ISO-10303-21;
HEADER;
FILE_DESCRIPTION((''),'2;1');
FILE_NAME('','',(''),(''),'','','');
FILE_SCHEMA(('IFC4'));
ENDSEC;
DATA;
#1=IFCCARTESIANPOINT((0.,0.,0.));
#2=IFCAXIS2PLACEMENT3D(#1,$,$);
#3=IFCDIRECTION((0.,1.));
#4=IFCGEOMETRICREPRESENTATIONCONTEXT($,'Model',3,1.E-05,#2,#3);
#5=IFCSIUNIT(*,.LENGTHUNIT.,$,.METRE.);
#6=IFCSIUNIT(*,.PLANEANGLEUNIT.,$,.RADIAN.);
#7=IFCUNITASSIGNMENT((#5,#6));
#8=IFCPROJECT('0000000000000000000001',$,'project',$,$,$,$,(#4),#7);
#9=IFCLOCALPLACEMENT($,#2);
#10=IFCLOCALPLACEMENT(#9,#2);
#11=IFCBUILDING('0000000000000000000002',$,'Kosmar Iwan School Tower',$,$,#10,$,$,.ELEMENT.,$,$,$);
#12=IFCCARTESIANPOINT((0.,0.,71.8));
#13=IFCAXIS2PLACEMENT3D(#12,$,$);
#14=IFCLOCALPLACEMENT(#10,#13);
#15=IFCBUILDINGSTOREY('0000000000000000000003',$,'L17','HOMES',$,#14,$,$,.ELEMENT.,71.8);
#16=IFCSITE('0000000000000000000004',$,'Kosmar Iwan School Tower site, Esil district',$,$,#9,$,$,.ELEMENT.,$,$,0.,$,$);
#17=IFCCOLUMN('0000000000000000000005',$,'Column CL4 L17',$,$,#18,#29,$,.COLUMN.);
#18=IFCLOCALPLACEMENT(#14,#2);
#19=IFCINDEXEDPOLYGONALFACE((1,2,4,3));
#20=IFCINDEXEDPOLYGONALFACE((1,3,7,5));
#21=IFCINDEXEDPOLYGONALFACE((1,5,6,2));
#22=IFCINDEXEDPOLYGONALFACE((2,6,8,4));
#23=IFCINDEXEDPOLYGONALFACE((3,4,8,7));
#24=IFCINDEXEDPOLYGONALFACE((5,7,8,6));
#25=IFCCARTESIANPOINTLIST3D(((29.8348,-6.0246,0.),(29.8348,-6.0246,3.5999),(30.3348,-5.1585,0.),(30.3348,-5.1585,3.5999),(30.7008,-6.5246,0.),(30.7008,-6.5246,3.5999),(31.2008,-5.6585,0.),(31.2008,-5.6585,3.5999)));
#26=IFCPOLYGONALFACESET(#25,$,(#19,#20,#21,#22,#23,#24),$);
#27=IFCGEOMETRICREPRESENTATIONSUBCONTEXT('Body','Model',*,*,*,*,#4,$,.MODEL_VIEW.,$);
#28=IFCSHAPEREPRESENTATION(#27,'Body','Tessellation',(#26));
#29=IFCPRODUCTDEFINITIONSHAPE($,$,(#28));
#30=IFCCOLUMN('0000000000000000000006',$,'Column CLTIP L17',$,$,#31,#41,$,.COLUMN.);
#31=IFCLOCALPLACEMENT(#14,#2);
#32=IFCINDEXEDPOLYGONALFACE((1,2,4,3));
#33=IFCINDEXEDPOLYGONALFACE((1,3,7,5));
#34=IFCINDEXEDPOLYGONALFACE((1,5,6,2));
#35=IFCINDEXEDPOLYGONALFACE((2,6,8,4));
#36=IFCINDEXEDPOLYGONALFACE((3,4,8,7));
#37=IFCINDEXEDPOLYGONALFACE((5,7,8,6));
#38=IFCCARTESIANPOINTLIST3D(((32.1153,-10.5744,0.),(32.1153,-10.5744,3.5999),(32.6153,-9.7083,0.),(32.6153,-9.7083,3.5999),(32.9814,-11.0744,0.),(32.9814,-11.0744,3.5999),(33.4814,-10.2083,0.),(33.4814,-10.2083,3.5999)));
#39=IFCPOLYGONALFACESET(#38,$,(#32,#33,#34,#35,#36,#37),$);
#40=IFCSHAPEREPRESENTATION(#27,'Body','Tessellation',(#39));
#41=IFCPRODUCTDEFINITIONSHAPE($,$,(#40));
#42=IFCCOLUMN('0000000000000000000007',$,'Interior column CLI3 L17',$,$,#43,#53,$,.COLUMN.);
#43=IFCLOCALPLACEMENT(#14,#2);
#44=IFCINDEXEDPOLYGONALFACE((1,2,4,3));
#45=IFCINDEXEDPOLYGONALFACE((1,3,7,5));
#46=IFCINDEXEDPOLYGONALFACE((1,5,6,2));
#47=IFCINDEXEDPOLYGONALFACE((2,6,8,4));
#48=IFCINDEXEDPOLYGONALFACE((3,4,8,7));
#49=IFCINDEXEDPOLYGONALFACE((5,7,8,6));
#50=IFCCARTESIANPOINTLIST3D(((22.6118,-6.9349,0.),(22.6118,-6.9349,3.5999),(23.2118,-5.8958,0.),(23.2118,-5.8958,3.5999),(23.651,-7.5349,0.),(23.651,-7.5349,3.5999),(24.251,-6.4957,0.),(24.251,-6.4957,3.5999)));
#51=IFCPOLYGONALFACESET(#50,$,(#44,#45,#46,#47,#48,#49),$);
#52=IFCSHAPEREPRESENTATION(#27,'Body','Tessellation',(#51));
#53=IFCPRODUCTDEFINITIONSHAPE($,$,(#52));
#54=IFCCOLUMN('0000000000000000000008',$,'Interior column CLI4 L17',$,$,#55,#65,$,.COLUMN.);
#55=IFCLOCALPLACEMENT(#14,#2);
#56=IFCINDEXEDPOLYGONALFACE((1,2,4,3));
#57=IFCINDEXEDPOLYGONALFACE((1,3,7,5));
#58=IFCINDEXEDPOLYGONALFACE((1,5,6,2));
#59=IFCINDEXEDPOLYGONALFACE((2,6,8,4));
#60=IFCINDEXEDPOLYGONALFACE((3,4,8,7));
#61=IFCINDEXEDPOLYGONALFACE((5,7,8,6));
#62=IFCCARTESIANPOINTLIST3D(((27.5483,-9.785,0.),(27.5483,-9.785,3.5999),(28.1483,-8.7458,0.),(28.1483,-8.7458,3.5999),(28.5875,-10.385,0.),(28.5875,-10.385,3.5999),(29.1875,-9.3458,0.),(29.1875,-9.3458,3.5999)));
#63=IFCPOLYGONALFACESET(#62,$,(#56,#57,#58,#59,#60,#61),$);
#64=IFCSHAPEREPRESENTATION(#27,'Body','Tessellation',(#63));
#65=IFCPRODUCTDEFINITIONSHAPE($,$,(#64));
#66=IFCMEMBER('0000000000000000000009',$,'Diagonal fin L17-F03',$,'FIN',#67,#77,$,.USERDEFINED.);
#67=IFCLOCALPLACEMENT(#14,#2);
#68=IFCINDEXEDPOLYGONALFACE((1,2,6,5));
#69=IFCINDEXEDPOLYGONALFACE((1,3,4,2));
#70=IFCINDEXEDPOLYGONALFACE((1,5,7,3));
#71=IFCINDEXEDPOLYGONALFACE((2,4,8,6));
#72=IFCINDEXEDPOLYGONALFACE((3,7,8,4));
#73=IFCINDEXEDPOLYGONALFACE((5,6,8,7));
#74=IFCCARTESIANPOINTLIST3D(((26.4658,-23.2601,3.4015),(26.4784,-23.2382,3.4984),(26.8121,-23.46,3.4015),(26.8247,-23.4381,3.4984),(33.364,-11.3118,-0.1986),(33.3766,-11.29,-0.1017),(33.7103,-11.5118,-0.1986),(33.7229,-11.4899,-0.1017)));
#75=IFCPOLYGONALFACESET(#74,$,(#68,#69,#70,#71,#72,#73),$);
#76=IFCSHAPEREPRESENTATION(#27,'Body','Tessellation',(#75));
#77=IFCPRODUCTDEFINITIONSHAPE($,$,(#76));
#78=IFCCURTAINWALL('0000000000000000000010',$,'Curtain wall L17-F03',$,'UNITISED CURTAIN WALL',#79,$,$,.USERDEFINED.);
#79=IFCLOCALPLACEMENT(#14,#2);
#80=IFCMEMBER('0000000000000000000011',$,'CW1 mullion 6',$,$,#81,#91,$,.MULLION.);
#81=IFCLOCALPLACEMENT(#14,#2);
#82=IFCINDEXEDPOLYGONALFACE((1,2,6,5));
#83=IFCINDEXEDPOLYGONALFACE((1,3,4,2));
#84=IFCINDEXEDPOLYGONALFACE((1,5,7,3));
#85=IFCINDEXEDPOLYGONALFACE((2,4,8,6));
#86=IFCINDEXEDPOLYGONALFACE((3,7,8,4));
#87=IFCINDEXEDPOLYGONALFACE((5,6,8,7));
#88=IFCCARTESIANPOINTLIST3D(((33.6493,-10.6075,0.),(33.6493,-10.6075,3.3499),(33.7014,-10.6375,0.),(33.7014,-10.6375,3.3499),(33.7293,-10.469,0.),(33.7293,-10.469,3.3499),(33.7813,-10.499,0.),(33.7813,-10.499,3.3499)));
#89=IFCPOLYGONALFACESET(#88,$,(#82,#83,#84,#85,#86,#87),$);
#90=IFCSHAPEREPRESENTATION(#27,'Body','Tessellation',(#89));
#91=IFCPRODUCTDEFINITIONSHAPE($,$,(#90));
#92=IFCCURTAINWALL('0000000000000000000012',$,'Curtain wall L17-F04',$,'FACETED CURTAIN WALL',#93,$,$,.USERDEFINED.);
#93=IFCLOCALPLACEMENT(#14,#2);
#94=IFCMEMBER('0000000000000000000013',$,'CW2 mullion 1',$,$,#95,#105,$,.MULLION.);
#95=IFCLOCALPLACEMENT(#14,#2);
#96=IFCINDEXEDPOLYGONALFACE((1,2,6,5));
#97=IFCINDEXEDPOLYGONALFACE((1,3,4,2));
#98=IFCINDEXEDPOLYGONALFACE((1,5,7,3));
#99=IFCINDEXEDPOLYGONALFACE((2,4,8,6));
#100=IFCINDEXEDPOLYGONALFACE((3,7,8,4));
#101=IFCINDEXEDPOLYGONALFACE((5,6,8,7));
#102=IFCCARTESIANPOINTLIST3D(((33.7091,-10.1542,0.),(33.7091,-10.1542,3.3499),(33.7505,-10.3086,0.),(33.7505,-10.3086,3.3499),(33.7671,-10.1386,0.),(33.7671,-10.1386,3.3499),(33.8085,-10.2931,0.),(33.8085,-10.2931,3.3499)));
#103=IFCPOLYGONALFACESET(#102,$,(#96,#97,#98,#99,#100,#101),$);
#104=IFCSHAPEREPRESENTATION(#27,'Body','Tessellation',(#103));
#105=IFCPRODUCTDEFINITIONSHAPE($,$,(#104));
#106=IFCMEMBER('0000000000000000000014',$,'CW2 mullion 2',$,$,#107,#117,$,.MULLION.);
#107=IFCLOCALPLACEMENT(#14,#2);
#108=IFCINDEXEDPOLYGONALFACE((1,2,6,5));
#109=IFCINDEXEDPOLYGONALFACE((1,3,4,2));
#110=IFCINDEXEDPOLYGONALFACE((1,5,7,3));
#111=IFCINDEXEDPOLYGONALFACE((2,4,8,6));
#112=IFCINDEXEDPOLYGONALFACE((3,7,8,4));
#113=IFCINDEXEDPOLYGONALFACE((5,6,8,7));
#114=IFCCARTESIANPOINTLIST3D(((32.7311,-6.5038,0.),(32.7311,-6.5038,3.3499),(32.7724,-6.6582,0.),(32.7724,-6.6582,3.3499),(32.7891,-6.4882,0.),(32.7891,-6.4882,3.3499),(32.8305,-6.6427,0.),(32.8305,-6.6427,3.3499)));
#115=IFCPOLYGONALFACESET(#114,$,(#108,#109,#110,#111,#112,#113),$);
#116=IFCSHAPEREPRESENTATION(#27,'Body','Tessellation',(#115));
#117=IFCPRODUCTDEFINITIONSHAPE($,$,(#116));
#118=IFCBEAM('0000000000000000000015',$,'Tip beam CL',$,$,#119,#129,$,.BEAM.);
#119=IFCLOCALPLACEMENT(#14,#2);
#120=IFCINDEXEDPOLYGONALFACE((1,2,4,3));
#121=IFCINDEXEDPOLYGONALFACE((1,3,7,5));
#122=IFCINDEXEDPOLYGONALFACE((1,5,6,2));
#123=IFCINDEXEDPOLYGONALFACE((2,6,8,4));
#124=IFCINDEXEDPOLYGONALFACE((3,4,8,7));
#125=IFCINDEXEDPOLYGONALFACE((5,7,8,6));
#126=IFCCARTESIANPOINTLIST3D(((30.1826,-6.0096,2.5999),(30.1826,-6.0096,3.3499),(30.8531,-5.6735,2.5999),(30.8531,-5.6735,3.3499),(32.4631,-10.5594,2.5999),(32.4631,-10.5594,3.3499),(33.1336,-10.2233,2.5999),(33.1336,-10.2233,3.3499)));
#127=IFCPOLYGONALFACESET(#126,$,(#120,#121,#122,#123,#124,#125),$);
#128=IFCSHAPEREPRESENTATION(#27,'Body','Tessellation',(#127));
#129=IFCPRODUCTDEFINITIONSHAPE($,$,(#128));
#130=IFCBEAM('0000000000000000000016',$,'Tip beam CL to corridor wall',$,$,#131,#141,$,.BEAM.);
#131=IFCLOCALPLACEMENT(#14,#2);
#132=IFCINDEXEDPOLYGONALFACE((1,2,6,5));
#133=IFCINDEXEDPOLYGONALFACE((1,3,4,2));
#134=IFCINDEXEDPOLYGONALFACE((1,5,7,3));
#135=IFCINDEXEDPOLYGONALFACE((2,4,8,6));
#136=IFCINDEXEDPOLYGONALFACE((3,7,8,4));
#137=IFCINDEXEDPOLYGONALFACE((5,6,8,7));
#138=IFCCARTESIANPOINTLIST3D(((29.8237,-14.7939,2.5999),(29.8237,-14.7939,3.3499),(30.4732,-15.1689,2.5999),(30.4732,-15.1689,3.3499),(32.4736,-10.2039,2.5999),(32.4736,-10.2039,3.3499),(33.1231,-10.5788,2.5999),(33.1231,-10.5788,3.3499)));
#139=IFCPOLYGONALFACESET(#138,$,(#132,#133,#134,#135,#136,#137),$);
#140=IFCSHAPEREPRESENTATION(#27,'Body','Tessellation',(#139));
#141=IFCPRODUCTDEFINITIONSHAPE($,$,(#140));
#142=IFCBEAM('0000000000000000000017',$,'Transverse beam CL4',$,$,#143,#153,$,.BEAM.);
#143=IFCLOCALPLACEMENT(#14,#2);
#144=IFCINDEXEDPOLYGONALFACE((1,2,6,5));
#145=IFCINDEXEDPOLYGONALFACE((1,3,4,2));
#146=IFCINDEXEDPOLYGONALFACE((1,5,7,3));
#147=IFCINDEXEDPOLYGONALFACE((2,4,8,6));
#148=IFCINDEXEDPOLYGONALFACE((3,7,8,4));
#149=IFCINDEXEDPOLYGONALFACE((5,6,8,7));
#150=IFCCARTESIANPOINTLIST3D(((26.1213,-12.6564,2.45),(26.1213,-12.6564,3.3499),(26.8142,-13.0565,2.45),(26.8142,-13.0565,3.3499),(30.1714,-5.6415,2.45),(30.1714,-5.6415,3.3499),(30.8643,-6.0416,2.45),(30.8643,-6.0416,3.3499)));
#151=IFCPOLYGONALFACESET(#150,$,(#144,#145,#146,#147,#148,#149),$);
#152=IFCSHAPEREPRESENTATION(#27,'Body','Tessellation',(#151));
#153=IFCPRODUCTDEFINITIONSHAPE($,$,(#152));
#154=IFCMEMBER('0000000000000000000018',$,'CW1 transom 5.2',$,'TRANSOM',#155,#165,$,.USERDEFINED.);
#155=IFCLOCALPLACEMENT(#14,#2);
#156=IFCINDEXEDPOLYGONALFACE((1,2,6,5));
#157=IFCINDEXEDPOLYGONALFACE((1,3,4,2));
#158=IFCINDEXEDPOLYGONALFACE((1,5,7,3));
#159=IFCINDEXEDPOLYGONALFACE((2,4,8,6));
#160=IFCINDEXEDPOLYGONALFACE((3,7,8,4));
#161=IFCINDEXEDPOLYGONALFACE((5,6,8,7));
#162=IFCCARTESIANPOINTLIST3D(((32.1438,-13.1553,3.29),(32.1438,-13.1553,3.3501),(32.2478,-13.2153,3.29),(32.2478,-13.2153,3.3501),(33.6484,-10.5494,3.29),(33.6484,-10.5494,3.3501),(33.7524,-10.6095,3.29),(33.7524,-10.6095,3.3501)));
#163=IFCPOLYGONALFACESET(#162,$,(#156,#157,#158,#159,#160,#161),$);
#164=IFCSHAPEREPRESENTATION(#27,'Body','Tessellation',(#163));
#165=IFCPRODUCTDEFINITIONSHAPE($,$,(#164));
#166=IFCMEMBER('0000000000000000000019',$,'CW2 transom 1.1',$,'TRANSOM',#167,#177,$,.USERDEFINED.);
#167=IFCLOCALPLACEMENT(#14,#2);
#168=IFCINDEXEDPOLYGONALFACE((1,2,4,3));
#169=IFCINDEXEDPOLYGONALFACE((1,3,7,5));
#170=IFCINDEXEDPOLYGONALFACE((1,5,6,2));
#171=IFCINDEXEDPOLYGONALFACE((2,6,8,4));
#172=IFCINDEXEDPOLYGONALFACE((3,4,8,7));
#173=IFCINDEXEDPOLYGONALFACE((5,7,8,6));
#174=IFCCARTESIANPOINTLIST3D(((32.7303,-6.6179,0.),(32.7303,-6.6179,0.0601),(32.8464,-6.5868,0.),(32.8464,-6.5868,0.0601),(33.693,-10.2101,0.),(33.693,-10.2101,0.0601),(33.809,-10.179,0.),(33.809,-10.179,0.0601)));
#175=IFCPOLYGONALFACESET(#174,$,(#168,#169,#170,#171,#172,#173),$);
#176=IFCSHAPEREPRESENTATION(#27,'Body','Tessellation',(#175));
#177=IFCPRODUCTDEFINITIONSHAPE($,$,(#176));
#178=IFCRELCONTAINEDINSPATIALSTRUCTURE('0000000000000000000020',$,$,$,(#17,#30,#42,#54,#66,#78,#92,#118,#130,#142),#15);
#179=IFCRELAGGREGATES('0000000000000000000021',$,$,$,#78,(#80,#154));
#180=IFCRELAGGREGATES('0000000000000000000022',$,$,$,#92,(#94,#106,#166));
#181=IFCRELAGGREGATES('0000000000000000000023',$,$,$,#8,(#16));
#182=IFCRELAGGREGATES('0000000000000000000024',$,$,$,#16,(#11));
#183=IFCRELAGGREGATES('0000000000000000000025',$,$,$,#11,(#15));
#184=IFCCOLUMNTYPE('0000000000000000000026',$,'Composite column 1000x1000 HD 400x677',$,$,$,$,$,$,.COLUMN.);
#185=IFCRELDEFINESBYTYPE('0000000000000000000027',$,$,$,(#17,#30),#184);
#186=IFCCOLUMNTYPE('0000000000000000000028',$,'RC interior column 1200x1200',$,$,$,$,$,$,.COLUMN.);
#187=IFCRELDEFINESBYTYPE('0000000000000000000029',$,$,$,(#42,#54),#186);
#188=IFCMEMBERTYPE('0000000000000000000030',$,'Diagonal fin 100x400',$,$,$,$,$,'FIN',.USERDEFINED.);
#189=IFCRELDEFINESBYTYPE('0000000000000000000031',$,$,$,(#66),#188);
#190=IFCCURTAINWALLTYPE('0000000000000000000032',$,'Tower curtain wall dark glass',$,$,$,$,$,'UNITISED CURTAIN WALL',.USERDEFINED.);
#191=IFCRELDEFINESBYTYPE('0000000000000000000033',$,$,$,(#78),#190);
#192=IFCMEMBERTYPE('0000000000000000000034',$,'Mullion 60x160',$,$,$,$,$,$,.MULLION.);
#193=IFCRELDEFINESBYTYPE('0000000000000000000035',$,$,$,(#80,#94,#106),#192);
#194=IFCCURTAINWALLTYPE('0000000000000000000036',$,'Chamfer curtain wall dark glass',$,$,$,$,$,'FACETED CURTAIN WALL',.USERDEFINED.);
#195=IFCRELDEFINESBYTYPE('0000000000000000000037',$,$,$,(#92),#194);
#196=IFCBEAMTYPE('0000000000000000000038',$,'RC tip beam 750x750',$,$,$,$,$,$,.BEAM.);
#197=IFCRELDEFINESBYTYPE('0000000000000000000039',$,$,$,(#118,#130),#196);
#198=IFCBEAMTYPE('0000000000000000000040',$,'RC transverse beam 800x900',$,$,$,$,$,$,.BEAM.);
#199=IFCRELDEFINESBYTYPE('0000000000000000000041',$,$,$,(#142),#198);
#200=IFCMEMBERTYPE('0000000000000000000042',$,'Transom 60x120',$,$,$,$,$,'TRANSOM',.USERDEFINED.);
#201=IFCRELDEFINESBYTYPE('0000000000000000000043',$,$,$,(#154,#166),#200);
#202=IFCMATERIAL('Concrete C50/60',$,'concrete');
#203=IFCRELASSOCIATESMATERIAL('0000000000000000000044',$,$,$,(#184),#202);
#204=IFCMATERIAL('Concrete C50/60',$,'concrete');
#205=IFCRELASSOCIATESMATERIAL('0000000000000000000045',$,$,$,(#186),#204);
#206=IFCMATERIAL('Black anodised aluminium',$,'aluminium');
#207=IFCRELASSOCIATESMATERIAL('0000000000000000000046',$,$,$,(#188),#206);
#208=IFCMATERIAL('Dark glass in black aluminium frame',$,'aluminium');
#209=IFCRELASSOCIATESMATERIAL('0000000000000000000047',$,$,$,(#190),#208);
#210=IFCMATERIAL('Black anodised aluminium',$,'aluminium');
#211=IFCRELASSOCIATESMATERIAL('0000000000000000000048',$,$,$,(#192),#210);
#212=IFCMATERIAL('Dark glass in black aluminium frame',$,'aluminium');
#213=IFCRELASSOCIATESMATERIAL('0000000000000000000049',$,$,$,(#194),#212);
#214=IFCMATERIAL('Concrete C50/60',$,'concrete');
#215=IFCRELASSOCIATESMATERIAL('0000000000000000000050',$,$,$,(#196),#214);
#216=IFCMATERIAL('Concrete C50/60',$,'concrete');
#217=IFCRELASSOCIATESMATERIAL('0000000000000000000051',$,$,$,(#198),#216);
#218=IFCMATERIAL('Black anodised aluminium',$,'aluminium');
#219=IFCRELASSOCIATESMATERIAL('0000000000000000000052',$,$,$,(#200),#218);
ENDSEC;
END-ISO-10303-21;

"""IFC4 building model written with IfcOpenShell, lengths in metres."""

from ifc_helpers import new_model, si_unit, direction, frame, origin, origin_2d, place, context, subcontext, project, spatial, rectangle, extrude, material, material_profile, profile_set, type_object, element, aggregate, save


model = new_model("IFC4")

# Units and contexts
model_context = context("Model", 3, precision=1e-05, world=origin(), true_north=direction((0.0, 1.0)))
body_context = subcontext(model_context, "Body", "Model", "MODEL_VIEW")
ifc_project = project(units=[si_unit("LENGTHUNIT", "METRE"), si_unit("PLANEANGLEUNIT", "RADIAN")], contexts=[model_context])

# Site, building, storey
site_placement = place(None, origin())
site = spatial("IfcSite", under=ifc_project, at=site_placement, Name="Kosmar Iwan School Tower site, Esil district", CompositionType="ELEMENT", RefElevation=0.0)
building_placement = place(site_placement, origin())
building = spatial("IfcBuilding", under=site, at=building_placement, Name="Kosmar Iwan School Tower", CompositionType="ELEMENT")
storey_placement = place(building_placement, frame((0.0, 0.0, 71.8)))
storey = spatial("IfcBuildingStorey", under=building, at=storey_placement, Name="L17", Description="HOMES", CompositionType="ELEMENT", Elevation=71.8)

# Columns
ifc_material_1 = material(Name="Concrete C50/60", Category="concrete")
ifc_material_profile_1 = material_profile(ifc_material_1, rectangle(XDim=1.0, YDim=1.0, at=origin_2d()), Name="RC 1000x1000 + HD 400x677")
ifc_profile_set_1 = profile_set([ifc_material_profile_1], Name="Concrete C50/60")
column_type_1 = type_object("IfcColumnType", Name="Composite column 1000x1000 HD 400x677", PredefinedType="COLUMN", material=ifc_profile_set_1)
for number, where, z_axis, x_axis, name in (
    (1, (30.5178, -5.8416, 0.0), (0.0, 0.0, 1.0), (0.866025, -0.5, 0.0), "Column CL4 L17"),
    (2, (32.7983, -10.3914, 0.0), (0.0, 0.0, 1.0), (0.866025, -0.5, 0.0), "Column CLTIP L17"),
):
    element("IfcColumn", number, at=place(storey_placement, frame(where, z_axis=z_axis, x_axis=x_axis)), inside=storey, type_object=column_type_1, Name=name, PredefinedType="COLUMN", context=body_context, shape_type="SweptSolid", body=[
        extrude(rectangle(XDim=1.0, YDim=1.0, at=origin_2d()), origin(), (0.0, 0.0, 1.0), 3.5999),
    ])
ifc_material_2 = material(Name="Concrete C50/60", Category="concrete")
ifc_material_profile_2 = material_profile(ifc_material_2, rectangle(XDim=1.2, YDim=1.2, at=origin_2d()), Name="RC 1200x1200")
ifc_profile_set_2 = profile_set([ifc_material_profile_2], Name="Concrete C50/60")
column_type_2 = type_object("IfcColumnType", Name="RC interior column 1200x1200", PredefinedType="COLUMN", material=ifc_profile_set_2)
for number, where, z_axis, x_axis, name in (
    (3, (23.4314, -6.7153, 0.0), (0.0, 0.0, 1.0), (0.866025, -0.5, 0.0), "Interior column CLI3 L17"),
    (4, (28.3679, -9.5654, 0.0), (0.0, 0.0, 1.0), (0.866025, -0.5, 0.0), "Interior column CLI4 L17"),
):
    element("IfcColumn", number, at=place(storey_placement, frame(where, z_axis=z_axis, x_axis=x_axis)), inside=storey, type_object=column_type_2, Name=name, PredefinedType="COLUMN", context=body_context, shape_type="SweptSolid", body=[
        extrude(rectangle(XDim=1.2, YDim=1.2, at=origin_2d()), origin(), (0.0, 0.0, 1.0), 3.5999),
    ])

# Member
ifc_material_3 = material(Name="Black anodised aluminium", Category="aluminium")
ifc_material_profile_3 = material_profile(ifc_material_3, rectangle(XDim=0.1001, YDim=0.3999, at=origin_2d()), Name="FIN 100x400")
ifc_profile_set_3 = profile_set([ifc_material_profile_3], Name="Black anodised aluminium")
member_type_1 = type_object("IfcMemberType", Name="Diagonal fin 100x400", ElementType="FIN", PredefinedType="USERDEFINED", material=ifc_profile_set_3)
member_1_placement = place(storey_placement, frame((33.5435, -11.4009, -0.1501), z_axis=(-0.483793, -0.83797, 0.252487), x_axis=(0.126242, 0.218661, 0.9676)))
element("IfcMember", 5, at=member_1_placement, inside=storey, type_object=member_type_1, Name="Diagonal fin L17-F03", ObjectType="FIN", PredefinedType="USERDEFINED", context=body_context, shape_type="SweptSolid", body=[
    extrude(rectangle(XDim=0.1001, YDim=0.3999, at=origin_2d()), origin(), (0.0, 0.0, 1.0), 14.2585),
])

# Curtain wall, member
ifc_material_4 = material(Name="Dark glass in black aluminium frame", Category="aluminium")
curtain_wall_type_1 = type_object("IfcCurtainWallType", Name="Tower curtain wall dark glass", ElementType="UNITISED CURTAIN WALL", PredefinedType="USERDEFINED", material=ifc_material_4)
curtain_wall_1_placement = place(storey_placement, origin())
curtain_wall_1 = element("IfcCurtainWall", 6, at=curtain_wall_1_placement, inside=storey, type_object=curtain_wall_type_1, Name="Curtain wall L17-F03", ObjectType="UNITISED CURTAIN WALL", PredefinedType="USERDEFINED")
ifc_material_5 = material(Name="Black anodised aluminium", Category="aluminium")
ifc_material_profile_4 = material_profile(ifc_material_5, rectangle(XDim=0.0601, YDim=0.1599, at=origin_2d()), Name="MULLION 60x160")
ifc_profile_set_4 = profile_set([ifc_material_profile_4], Name="Black anodised aluminium")
member_type_2 = type_object("IfcMemberType", Name="Mullion 60x160", PredefinedType="MULLION", material=ifc_profile_set_4)
member_2_placement = place(storey_placement, frame((33.7153, -10.5532, 0.0), z_axis=(0.0, 0.0, 1.0), x_axis=(-0.866025, 0.5, 0.0)))
member_2 = element("IfcMember", 7, at=member_2_placement, type_object=member_type_2, Name="CW1 mullion 6", PredefinedType="MULLION", context=body_context, shape_type="SweptSolid", body=[
    extrude(rectangle(XDim=0.0601, YDim=0.1599, at=origin_2d()), origin(), (0.0, 0.0, 1.0), 3.3499),
])

# Curtain wall, members
ifc_material_6 = material(Name="Dark glass in black aluminium frame", Category="aluminium")
curtain_wall_type_2 = type_object("IfcCurtainWallType", Name="Chamfer curtain wall dark glass", ElementType="FACETED CURTAIN WALL", PredefinedType="USERDEFINED", material=ifc_material_6)
curtain_wall_2_placement = place(storey_placement, origin())
curtain_wall_2 = element("IfcCurtainWall", 8, at=curtain_wall_2_placement, inside=storey, type_object=curtain_wall_type_2, Name="Curtain wall L17-F04", ObjectType="FACETED CURTAIN WALL", PredefinedType="USERDEFINED")
member_3_placement = place(storey_placement, frame((33.7588, -10.2236, 0.0), z_axis=(0.0, 0.0, 1.0), x_axis=(-0.965926, -0.258819, 0.0)))
member_3 = element("IfcMember", 9, at=member_3_placement, type_object=member_type_2, Name="CW2 mullion 1", PredefinedType="MULLION", context=body_context, shape_type="SweptSolid", body=[
    extrude(rectangle(XDim=0.0601, YDim=0.1599, at=origin_2d()), origin(), (0.0, 0.0, 1.0), 3.3499),
])
member_4_placement = place(storey_placement, frame((32.7808, -6.5732, 0.0), z_axis=(0.0, 0.0, 1.0), x_axis=(-0.965926, -0.258819, 0.0)))
member_4 = element("IfcMember", 10, at=member_4_placement, type_object=member_type_2, Name="CW2 mullion 2", PredefinedType="MULLION", context=body_context, shape_type="SweptSolid", body=[
    extrude(rectangle(XDim=0.0601, YDim=0.1599, at=origin_2d()), origin(), (0.0, 0.0, 1.0), 3.3499),
])

# Beams
ifc_material_7 = material(Name="Concrete C50/60", Category="concrete")
ifc_material_profile_5 = material_profile(ifc_material_7, rectangle(XDim=0.75, YDim=0.75, at=origin_2d()), Name="RC 750x750")
ifc_profile_set_5 = profile_set([ifc_material_profile_5], Name="Concrete C50/60")
beam_type_1 = type_object("IfcBeamType", Name="RC tip beam 750x750", PredefinedType="BEAM", material=ifc_profile_set_5)
beam_1_placement = place(storey_placement, frame((30.5178, -5.8416, 2.9749), z_axis=(0.448096, -0.893985, 0.0), x_axis=(0.893985, 0.448096, 0.0)))
element("IfcBeam", 11, at=beam_1_placement, inside=storey, type_object=beam_type_1, Name="Tip beam CL", PredefinedType="BEAM", context=body_context, shape_type="SweptSolid", body=[
    extrude(rectangle(XDim=0.75, YDim=0.75, at=origin_2d()), origin(), (0.0, 0.0, 1.0), 5.0894),
])
beam_2_placement = place(storey_placement, frame((32.7983, -10.3914, 2.9749), z_axis=(-0.499974, -0.866041, 0.0), x_axis=(0.866041, -0.499974, 0.0)))
element("IfcBeam", 12, at=beam_2_placement, inside=storey, type_object=beam_type_1, Name="Tip beam CL to corridor wall", PredefinedType="BEAM", context=body_context, shape_type="SweptSolid", body=[
    extrude(rectangle(XDim=0.75, YDim=0.75, at=origin_2d()), origin(), (0.0, 0.0, 1.0), 5.3),
])
ifc_material_8 = material(Name="Concrete C50/60", Category="concrete")
ifc_material_profile_6 = material_profile(ifc_material_8, rectangle(XDim=0.8, YDim=0.8999, at=origin_2d()), Name="RC 800x900")
ifc_profile_set_6 = profile_set([ifc_material_profile_6], Name="Concrete C50/60")
beam_type_2 = type_object("IfcBeamType", Name="RC transverse beam 800x900", PredefinedType="BEAM", material=ifc_profile_set_6)
beam_3_placement = place(storey_placement, frame((30.5178, -5.8416, 2.8999), z_axis=(-0.5, -0.866025, 0.0), x_axis=(0.866025, -0.5, 0.0)))
element("IfcBeam", 13, at=beam_3_placement, inside=storey, type_object=beam_type_2, Name="Transverse beam CL4", PredefinedType="BEAM", context=body_context, shape_type="SweptSolid", body=[
    extrude(rectangle(XDim=0.8, YDim=0.8999, at=origin_2d()), origin(), (0.0, 0.0, 1.0), 8.1001),
])

# Members
ifc_material_9 = material(Name="Black anodised aluminium", Category="aluminium")
ifc_material_profile_7 = material_profile(ifc_material_9, rectangle(XDim=0.1201, YDim=0.0601, at=origin_2d()), Name="TRANSOM 60x120")
ifc_profile_set_7 = profile_set([ifc_material_profile_7], Name="Black anodised aluminium")
member_type_3 = type_object("IfcMemberType", Name="Transom 60x120", ElementType="TRANSOM", PredefinedType="USERDEFINED", material=ifc_profile_set_7)
member_5_placement = place(storey_placement, frame((32.1958, -13.1853, 3.3201), z_axis=(0.500022, 0.866013, 0.0), x_axis=(-0.866013, 0.500022, 0.0)))
member_5 = element("IfcMember", 14, at=member_5_placement, type_object=member_type_3, Name="CW1 transom 5.2", ObjectType="TRANSOM", PredefinedType="USERDEFINED", context=body_context, shape_type="SweptSolid", body=[
    extrude(rectangle(XDim=0.1201, YDim=0.0601, at=origin_2d()), origin(), (0.0, 0.0, 1.0), 3.009),
])
member_6_placement = place(storey_placement, frame((33.751, -10.1946, 0.03), z_axis=(-0.258843, 0.965919, 0.0), x_axis=(-0.965919, -0.258843, 0.0)))
member_6 = element("IfcMember", 15, at=member_6_placement, type_object=member_type_3, Name="CW2 transom 1.1", ObjectType="TRANSOM", PredefinedType="USERDEFINED", context=body_context, shape_type="SweptSolid", body=[
    extrude(rectangle(XDim=0.1201, YDim=0.0601, at=origin_2d()), origin(), (0.0, 0.0, 1.0), 3.719),
])

aggregate(curtain_wall_1, [member_2, member_5])
aggregate(curtain_wall_2, [member_3, member_4, member_6])

save(model, "model.ifc")
